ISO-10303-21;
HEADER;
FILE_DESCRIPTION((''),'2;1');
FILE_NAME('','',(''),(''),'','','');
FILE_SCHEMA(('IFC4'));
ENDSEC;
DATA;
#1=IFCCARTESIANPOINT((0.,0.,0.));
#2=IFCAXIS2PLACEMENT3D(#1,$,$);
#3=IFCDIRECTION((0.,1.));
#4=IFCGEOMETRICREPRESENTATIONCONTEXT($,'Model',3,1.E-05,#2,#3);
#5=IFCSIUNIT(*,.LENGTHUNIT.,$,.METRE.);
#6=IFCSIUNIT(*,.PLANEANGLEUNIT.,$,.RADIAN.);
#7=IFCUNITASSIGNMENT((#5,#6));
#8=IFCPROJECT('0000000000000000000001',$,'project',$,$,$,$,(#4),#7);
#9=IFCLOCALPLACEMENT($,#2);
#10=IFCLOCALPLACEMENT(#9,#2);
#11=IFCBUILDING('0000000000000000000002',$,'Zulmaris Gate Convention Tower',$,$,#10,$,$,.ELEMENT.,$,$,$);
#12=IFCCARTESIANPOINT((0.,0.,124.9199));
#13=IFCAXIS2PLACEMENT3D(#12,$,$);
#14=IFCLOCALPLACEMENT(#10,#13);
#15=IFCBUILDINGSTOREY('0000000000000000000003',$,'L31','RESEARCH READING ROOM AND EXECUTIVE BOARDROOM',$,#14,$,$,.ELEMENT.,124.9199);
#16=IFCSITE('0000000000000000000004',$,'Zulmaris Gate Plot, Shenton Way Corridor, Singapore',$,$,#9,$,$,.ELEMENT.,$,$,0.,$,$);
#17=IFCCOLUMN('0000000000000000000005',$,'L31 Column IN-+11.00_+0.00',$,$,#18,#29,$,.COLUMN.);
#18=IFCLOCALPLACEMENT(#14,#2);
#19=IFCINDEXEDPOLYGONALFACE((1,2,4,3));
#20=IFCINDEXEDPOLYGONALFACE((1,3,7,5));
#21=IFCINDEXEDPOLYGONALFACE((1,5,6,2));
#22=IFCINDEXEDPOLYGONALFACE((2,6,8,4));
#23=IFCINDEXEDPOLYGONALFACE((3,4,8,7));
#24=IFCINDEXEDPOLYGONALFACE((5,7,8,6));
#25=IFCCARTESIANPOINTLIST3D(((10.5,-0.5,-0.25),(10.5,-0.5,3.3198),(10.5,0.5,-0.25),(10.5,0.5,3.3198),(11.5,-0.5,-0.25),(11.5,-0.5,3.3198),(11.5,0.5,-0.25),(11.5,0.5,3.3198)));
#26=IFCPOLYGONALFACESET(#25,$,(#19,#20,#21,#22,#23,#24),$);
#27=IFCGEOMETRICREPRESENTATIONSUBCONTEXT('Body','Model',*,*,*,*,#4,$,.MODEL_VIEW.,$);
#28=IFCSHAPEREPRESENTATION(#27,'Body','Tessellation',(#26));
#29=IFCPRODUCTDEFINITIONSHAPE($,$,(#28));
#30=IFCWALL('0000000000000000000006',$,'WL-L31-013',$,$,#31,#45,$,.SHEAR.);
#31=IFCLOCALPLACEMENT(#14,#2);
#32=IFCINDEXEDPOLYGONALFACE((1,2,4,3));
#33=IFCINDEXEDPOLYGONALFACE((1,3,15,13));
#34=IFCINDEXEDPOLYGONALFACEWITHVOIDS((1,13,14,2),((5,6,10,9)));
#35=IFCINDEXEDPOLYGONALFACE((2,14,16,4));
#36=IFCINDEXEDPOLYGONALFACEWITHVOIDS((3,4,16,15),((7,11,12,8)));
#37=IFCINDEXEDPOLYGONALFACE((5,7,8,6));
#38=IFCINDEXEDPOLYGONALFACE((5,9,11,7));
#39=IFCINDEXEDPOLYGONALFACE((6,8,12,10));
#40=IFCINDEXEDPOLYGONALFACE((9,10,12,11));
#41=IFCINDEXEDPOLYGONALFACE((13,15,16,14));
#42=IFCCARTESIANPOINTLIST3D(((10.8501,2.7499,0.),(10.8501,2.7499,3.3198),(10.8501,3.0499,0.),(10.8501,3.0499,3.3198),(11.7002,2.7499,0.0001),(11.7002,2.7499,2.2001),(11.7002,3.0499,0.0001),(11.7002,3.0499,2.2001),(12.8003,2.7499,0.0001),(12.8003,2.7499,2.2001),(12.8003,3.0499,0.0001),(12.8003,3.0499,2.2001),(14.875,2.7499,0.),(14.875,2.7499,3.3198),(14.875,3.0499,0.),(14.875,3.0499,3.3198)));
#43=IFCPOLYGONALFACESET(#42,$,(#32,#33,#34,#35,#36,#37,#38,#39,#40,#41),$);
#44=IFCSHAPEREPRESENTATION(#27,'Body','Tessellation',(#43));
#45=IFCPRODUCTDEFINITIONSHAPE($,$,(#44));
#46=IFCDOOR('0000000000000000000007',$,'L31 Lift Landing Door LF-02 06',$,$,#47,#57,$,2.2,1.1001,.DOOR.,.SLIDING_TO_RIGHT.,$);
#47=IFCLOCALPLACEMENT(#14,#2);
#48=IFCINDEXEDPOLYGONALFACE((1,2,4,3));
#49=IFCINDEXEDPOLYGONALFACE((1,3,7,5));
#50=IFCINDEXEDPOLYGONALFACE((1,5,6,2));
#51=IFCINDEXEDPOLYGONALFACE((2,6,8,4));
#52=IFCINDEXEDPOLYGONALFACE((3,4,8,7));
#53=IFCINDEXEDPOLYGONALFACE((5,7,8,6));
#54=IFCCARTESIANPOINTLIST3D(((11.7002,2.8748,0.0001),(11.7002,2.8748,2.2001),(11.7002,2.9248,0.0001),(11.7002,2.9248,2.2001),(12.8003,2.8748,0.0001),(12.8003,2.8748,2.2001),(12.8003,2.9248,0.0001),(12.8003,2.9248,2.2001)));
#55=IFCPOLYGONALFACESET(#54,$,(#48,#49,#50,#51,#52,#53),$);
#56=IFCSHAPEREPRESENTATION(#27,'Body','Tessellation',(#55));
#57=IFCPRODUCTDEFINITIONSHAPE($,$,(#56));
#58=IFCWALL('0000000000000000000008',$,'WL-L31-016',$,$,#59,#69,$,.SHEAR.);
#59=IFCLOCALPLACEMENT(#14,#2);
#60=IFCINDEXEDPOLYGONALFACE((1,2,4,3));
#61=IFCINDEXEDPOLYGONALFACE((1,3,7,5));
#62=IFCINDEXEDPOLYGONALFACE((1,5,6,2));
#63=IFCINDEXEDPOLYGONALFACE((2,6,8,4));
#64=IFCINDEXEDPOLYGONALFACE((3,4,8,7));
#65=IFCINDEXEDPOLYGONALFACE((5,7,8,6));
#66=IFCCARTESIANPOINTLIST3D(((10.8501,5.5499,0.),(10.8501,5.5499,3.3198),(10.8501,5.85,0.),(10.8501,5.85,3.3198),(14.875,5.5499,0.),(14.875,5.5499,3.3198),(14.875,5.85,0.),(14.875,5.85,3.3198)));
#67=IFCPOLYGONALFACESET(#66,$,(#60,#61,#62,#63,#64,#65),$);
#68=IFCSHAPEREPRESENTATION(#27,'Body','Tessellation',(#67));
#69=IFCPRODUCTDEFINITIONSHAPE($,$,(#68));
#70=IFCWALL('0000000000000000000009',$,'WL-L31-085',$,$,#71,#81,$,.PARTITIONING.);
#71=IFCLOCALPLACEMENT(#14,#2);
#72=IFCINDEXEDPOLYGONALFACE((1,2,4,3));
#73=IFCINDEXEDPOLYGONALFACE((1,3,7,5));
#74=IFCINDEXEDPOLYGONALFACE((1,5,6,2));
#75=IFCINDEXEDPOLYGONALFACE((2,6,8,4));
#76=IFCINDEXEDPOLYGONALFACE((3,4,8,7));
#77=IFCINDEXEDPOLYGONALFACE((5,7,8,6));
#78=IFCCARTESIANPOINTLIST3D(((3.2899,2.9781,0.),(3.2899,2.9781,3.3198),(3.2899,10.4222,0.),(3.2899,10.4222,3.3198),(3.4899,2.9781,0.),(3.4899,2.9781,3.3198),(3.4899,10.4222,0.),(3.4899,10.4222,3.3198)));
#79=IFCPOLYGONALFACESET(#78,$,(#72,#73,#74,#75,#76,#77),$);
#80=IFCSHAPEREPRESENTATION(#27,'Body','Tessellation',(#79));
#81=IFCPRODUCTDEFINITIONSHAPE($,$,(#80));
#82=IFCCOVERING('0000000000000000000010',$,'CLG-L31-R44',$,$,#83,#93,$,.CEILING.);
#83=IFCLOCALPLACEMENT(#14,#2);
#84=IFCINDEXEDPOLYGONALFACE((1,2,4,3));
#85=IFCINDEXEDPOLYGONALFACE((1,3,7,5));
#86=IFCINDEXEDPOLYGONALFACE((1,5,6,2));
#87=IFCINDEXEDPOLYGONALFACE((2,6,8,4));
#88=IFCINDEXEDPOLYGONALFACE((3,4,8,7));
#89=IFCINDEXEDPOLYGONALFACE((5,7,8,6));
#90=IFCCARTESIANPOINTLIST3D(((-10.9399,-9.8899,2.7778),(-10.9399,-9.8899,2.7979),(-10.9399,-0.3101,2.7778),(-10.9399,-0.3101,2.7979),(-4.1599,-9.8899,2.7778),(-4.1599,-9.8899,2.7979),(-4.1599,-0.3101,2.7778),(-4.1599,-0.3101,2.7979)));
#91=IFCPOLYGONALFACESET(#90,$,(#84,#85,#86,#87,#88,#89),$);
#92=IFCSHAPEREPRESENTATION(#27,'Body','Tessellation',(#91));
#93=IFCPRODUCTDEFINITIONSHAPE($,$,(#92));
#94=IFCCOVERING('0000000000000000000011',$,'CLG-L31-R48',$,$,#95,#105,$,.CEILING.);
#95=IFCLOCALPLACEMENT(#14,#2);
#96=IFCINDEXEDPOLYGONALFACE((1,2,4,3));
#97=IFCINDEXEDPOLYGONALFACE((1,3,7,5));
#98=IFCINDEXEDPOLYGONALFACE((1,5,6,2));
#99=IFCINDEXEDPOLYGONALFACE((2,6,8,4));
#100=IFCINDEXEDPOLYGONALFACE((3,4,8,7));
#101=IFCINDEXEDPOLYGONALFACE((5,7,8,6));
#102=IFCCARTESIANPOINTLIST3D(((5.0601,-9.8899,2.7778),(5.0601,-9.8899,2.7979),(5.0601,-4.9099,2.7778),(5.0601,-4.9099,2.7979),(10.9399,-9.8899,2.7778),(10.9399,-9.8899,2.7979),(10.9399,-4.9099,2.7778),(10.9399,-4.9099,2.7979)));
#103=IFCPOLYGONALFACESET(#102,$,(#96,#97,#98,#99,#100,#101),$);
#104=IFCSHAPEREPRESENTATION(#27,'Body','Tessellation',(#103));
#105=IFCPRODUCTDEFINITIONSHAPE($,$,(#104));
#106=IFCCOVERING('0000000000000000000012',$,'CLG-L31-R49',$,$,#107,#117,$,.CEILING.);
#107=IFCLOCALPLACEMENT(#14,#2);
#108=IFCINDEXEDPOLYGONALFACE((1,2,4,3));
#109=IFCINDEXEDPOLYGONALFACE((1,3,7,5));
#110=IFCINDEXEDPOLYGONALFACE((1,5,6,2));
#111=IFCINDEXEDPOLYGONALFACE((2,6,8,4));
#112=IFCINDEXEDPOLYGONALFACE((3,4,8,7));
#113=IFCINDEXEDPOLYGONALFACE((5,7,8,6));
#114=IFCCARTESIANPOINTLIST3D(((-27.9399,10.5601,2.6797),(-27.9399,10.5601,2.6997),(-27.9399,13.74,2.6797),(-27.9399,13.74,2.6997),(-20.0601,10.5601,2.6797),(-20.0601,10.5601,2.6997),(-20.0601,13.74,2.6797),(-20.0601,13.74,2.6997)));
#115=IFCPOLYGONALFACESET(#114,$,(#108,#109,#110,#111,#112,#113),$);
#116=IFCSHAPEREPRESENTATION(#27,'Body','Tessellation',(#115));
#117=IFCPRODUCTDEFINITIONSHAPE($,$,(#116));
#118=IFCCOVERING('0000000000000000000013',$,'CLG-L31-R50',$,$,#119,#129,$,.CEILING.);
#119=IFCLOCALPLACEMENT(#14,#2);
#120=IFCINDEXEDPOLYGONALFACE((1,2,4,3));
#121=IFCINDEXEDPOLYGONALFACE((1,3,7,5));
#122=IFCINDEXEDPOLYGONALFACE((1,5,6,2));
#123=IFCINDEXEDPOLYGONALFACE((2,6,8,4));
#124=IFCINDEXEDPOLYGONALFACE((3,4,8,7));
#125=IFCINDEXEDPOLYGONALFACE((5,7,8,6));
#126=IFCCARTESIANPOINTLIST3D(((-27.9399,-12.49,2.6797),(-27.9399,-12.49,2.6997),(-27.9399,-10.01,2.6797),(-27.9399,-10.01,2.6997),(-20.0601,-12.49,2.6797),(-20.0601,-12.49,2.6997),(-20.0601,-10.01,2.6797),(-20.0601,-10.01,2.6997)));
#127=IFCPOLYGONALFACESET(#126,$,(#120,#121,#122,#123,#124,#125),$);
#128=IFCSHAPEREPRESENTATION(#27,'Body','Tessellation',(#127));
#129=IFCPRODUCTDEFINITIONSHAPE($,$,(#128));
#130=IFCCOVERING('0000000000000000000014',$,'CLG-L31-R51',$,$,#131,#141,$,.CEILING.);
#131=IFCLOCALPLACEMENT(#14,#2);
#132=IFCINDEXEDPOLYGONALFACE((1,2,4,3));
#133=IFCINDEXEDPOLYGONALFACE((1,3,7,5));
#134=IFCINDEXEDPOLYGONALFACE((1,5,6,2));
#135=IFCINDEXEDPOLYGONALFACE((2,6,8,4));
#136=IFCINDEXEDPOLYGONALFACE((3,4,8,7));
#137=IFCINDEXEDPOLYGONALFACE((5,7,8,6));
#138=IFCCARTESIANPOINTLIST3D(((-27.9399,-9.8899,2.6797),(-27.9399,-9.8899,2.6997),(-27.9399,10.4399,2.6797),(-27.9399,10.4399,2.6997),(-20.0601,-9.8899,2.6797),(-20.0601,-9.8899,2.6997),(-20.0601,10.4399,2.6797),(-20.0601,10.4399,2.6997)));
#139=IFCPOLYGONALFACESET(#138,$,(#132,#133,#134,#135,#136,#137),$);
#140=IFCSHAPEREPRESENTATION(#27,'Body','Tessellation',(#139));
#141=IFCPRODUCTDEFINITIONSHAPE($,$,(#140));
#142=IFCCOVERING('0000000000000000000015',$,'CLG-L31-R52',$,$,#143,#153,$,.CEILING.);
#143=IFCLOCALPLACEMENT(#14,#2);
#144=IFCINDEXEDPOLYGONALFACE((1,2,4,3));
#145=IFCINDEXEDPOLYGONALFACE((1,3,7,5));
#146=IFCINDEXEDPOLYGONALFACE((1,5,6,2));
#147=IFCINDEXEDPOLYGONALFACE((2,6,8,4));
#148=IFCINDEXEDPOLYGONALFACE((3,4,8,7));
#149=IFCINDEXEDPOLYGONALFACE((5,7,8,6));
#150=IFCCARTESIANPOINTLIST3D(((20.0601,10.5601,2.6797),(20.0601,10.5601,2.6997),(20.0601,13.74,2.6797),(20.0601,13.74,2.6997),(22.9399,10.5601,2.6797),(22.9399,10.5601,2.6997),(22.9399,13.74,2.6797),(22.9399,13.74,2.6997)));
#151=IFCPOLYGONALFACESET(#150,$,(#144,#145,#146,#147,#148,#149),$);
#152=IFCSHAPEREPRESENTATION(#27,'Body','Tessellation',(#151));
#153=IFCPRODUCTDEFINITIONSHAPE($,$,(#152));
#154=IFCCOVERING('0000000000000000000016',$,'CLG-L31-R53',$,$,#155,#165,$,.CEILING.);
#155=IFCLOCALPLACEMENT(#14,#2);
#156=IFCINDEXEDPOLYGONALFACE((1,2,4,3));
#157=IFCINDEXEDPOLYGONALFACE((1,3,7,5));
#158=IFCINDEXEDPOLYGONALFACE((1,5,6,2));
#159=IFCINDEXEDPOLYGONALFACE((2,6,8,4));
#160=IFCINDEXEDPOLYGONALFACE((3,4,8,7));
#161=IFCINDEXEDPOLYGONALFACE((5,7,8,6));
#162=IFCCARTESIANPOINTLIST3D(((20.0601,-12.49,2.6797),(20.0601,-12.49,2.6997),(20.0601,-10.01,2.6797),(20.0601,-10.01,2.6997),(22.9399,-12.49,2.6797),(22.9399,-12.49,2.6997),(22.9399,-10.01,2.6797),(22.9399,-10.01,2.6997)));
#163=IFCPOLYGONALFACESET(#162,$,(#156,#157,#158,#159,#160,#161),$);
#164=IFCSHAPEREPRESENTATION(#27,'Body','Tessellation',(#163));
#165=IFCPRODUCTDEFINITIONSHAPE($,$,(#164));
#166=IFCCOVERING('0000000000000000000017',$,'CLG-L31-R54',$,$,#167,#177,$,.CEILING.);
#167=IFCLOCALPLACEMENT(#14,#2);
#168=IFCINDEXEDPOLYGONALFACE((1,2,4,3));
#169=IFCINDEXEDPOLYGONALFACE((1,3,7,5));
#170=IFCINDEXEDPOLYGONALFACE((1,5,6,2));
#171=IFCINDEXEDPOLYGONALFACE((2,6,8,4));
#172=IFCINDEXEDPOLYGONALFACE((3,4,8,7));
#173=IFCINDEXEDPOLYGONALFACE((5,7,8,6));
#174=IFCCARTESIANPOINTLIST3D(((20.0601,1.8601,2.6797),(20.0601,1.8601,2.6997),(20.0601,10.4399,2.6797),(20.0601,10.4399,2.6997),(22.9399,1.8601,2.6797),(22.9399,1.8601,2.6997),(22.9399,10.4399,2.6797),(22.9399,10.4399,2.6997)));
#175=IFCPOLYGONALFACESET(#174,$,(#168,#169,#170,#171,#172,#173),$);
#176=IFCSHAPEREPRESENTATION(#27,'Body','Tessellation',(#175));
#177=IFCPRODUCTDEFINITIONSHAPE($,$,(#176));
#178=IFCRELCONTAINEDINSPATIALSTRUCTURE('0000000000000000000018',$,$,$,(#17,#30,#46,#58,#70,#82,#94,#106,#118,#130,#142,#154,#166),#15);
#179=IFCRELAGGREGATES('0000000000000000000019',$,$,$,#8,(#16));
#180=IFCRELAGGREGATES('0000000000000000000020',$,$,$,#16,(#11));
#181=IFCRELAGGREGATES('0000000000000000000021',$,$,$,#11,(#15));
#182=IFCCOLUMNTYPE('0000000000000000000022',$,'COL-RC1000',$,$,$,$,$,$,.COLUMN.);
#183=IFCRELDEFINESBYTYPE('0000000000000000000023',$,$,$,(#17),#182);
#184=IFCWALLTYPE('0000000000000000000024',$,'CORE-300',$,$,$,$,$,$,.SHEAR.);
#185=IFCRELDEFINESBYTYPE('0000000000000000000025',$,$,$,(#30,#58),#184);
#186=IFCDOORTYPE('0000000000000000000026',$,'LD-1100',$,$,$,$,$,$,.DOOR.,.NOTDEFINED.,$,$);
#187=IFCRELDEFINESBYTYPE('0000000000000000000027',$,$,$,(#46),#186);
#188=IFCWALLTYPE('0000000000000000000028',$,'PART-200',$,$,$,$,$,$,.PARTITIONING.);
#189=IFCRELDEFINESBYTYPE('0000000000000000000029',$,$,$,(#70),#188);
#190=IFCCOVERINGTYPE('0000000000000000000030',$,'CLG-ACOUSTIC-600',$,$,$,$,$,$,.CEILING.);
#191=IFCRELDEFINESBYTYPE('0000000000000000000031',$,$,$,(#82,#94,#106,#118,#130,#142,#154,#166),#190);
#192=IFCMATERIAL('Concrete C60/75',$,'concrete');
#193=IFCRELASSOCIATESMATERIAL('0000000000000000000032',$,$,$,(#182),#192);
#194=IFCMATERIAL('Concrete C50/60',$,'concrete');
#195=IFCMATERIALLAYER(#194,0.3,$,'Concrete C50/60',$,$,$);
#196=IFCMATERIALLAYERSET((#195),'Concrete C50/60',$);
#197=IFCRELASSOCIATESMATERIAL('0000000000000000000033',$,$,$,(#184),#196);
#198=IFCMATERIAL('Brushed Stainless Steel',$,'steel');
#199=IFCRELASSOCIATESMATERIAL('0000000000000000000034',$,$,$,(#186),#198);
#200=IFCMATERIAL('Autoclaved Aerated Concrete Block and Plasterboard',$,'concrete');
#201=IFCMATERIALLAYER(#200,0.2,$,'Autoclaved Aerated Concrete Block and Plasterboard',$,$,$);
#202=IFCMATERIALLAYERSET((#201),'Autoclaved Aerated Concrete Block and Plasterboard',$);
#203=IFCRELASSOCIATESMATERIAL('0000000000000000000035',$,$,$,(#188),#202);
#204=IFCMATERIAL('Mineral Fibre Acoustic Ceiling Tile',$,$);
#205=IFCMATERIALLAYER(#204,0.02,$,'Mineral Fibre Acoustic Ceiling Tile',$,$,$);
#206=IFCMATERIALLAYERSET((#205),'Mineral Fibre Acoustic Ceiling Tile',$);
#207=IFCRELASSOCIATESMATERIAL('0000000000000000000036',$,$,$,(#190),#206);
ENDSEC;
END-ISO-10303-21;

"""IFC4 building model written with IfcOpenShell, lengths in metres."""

from ifc_helpers import new_model, si_unit, direction, frame, frame_2d, origin, origin_2d, place, context, subcontext, project, spatial, polyline, rectangle, outline, extrude, material, layer, layer_set, material_profile, profile_set, type_object, element, fill, save


model = new_model("IFC4")

# Units and contexts
model_context = context("Model", 3, precision=1e-05, world=origin(), true_north=direction((0.0, 1.0)))
body_context = subcontext(model_context, "Body", "Model", "MODEL_VIEW")
ifc_project = project(units=[si_unit("LENGTHUNIT", "METRE"), si_unit("PLANEANGLEUNIT", "RADIAN")], contexts=[model_context])

# Site, building, storey
site_placement = place(None, origin())
site = spatial("IfcSite", under=ifc_project, at=site_placement, Name="Zulmaris Gate Plot, Shenton Way Corridor, Singapore", CompositionType="ELEMENT", RefElevation=0.0)
building_placement = place(site_placement, origin())
building = spatial("IfcBuilding", under=site, at=building_placement, Name="Zulmaris Gate Convention Tower", CompositionType="ELEMENT")
storey_placement = place(building_placement, frame((0.0, 0.0, 124.9199)))
storey = spatial("IfcBuildingStorey", under=building, at=storey_placement, Name="L31", Description="RESEARCH READING ROOM AND EXECUTIVE BOARDROOM", CompositionType="ELEMENT", Elevation=124.9199)

# Column
ifc_material_1 = material(Name="Concrete C60/75", Category="concrete")
ifc_material_profile = material_profile(ifc_material_1, rectangle(XDim=1.0, YDim=1.0, at=origin_2d()), Name="RC COL 1000x1000")
ifc_profile_set = profile_set([ifc_material_profile], Name="Concrete C60/75")
column_type = type_object("IfcColumnType", Name="COL-RC1000", PredefinedType="COLUMN", material=ifc_profile_set)
column_placement = place(storey_placement, frame((11.0, 0.0, -0.25), z_axis=(0.0, 0.0, 1.0), x_axis=(1.0, 0.0, 0.0)))
element("IfcColumn", 1, at=column_placement, inside=storey, type_object=column_type, Name="L31 Column IN-+11.00_+0.00", PredefinedType="COLUMN", context=body_context, shape_type="SweptSolid", body=[
    extrude(rectangle(XDim=1.0, YDim=1.0, at=origin_2d()), origin(), (0.0, 0.0, 1.0), 3.5698),
])

# Wall, opening, door
ifc_material_2 = material(Name="Concrete C50/60", Category="concrete")
ifc_layer_1 = layer(ifc_material_2, 0.3, Name="Concrete C50/60")
ifc_layer_set_1 = layer_set([ifc_layer_1], Name="Concrete C50/60")
wall_type_1 = type_object("IfcWallType", Name="CORE-300", PredefinedType="SHEAR", material=ifc_layer_set_1)
wall_1_placement = place(storey_placement, frame((10.8501, 2.8999, 0.0), z_axis=(0.0, 0.0, 1.0), x_axis=(1.0, 0.0, 0.0)))
wall_1 = element("IfcWall", 2, at=wall_1_placement, inside=storey, type_object=wall_type_1, Name="WL-L31-013", PredefinedType="SHEAR", context=body_context, shape_type="SweptSolid", body=[
    extrude(rectangle(XDim=4.0249, YDim=0.3, at=frame_2d((2.0125, 0.0))), origin(), (0.0, 0.0, 1.0), 3.3198),
])
opening_placement = place(wall_1_placement, frame((0.8501, 0.0, 0.0)))
opening = element("IfcOpeningElement", 3, at=opening_placement, cuts=wall_1, PredefinedType="OPENING", context=body_context, shape_type="SweptSolid", body=[
    extrude(rectangle(XDim=1.1001, YDim=2.2, at=frame_2d((0.55, 1.1001))), frame((0.0, 0.1602, 0.0), z_axis=(0.0, -1.0, 0.0), x_axis=(1.0, 0.0, 0.0)), (0.0, 0.0, 1.0), 0.3201),
])
ifc_material_3 = material(Name="Brushed Stainless Steel", Category="steel")
door_type = type_object("IfcDoorType", Name="LD-1100", OperationType="NOTDEFINED", PredefinedType="DOOR", material=ifc_material_3)
door_placement = place(opening_placement, origin())
door = element("IfcDoor", 4, at=door_placement, inside=storey, type_object=door_type, Name="L31 Lift Landing Door LF-02 06", OperationType="SLIDING_TO_RIGHT", OverallHeight=2.2, OverallWidth=1.1001, PredefinedType="DOOR", context=body_context, shape_type="SweptSolid", body=[
    extrude(rectangle(XDim=1.1001, YDim=2.2, at=frame_2d((0.55, 1.1001))), frame((0.0, 0.0249, 0.0), z_axis=(0.0, -1.0, 0.0), x_axis=(1.0, 0.0, 0.0)), (0.0, 0.0, 1.0), 0.05),
])
fill(opening, door)

# Walls
wall_2_placement = place(storey_placement, frame((10.8501, 5.7, 0.0), z_axis=(0.0, 0.0, 1.0), x_axis=(1.0, 0.0, 0.0)))
element("IfcWall", 5, at=wall_2_placement, inside=storey, type_object=wall_type_1, Name="WL-L31-016", PredefinedType="SHEAR", context=body_context, shape_type="SweptSolid", body=[
    extrude(rectangle(XDim=4.0249, YDim=0.3, at=frame_2d((2.0125, 0.0))), origin(), (0.0, 0.0, 1.0), 3.3198),
])
ifc_material_4 = material(Name="Autoclaved Aerated Concrete Block and Plasterboard", Category="concrete")
ifc_layer_2 = layer(ifc_material_4, 0.2, Name="Autoclaved Aerated Concrete Block and Plasterboard")
ifc_layer_set_2 = layer_set([ifc_layer_2], Name="Autoclaved Aerated Concrete Block and Plasterboard")
wall_type_2 = type_object("IfcWallType", Name="PART-200", PredefinedType="PARTITIONING", material=ifc_layer_set_2)
wall_3_placement = place(storey_placement, frame((3.3899, 2.978, 0.0), z_axis=(0.0, 0.0, 1.0), x_axis=(0.0, 1.0, 0.0)))
element("IfcWall", 6, at=wall_3_placement, inside=storey, type_object=wall_type_2, Name="WL-L31-085", PredefinedType="PARTITIONING", context=body_context, shape_type="SweptSolid", body=[
    extrude(rectangle(XDim=7.4441, YDim=0.2, at=frame_2d((3.7222, 0.0))), origin(), (0.0, 0.0, 1.0), 3.3198),
])

# Coverings
ifc_material_5 = material(Name="Mineral Fibre Acoustic Ceiling Tile")
ifc_layer_3 = layer(ifc_material_5, 0.02, Name="Mineral Fibre Acoustic Ceiling Tile")
ifc_layer_set_3 = layer_set([ifc_layer_3], Name="Mineral Fibre Acoustic Ceiling Tile")
covering_type_1 = type_object("IfcCoveringType", Name="CLG-ACOUSTIC-600", PredefinedType="CEILING", material=ifc_layer_set_3)
covering_1_placement = place(storey_placement, frame((0.0, 0.0, 2.7778)))
element("IfcCovering", 7, at=covering_1_placement, inside=storey, type_object=covering_type_1, Name="CLG-L31-R44", PredefinedType="CEILING", context=body_context, shape_type="SweptSolid", body=[
    extrude(outline(polyline([(-10.9399, -9.8899), (-4.1599, -9.8899), (-4.1599, -0.3101), (-10.9399, -0.3101), (-10.9399, -9.8899)])), origin(), (0.0, 0.0, 1.0), 0.02),
])
covering_2_placement = place(storey_placement, frame((0.0, 0.0, 2.7778)))
element("IfcCovering", 8, at=covering_2_placement, inside=storey, type_object=covering_type_1, Name="CLG-L31-R48", PredefinedType="CEILING", context=body_context, shape_type="SweptSolid", body=[
    extrude(outline(polyline([(5.0601, -9.8899), (10.9399, -9.8899), (10.9399, -4.9099), (5.0601, -4.9099), (5.0601, -9.8899)])), origin(), (0.0, 0.0, 1.0), 0.02),
])
covering_3_placement = place(storey_placement, frame((0.0, 0.0, 2.6797)))
element("IfcCovering", 9, at=covering_3_placement, inside=storey, type_object=covering_type_1, Name="CLG-L31-R49", PredefinedType="CEILING", context=body_context, shape_type="SweptSolid", body=[
    extrude(outline(polyline([(-27.9399, 10.5601), (-20.0601, 10.5601), (-20.0601, 13.74), (-27.9399, 13.74), (-27.9399, 10.5601)])), origin(), (0.0, 0.0, 1.0), 0.02),
])
covering_4_placement = place(storey_placement, frame((0.0, 0.0, 2.6797)))
element("IfcCovering", 10, at=covering_4_placement, inside=storey, type_object=covering_type_1, Name="CLG-L31-R50", PredefinedType="CEILING", context=body_context, shape_type="SweptSolid", body=[
    extrude(outline(polyline([(-27.9399, -12.49), (-20.0601, -12.49), (-20.0601, -10.01), (-27.9399, -10.01), (-27.9399, -12.49)])), origin(), (0.0, 0.0, 1.0), 0.02),
])
covering_5_placement = place(storey_placement, frame((0.0, 0.0, 2.6797)))
element("IfcCovering", 11, at=covering_5_placement, inside=storey, type_object=covering_type_1, Name="CLG-L31-R51", PredefinedType="CEILING", context=body_context, shape_type="SweptSolid", body=[
    extrude(outline(polyline([(-27.9399, -9.8899), (-20.0601, -9.8899), (-20.0601, 10.4399), (-27.9399, 10.4399), (-27.9399, -9.8899)])), origin(), (0.0, 0.0, 1.0), 0.02),
])
covering_6_placement = place(storey_placement, frame((0.0, 0.0, 2.6797)))
element("IfcCovering", 12, at=covering_6_placement, inside=storey, type_object=covering_type_1, Name="CLG-L31-R52", PredefinedType="CEILING", context=body_context, shape_type="SweptSolid", body=[
    extrude(outline(polyline([(20.0601, 10.5601), (22.9399, 10.5601), (22.9399, 13.74), (20.0601, 13.74), (20.0601, 10.5601)])), origin(), (0.0, 0.0, 1.0), 0.02),
])
covering_7_placement = place(storey_placement, frame((0.0, 0.0, 2.6797)))
element("IfcCovering", 13, at=covering_7_placement, inside=storey, type_object=covering_type_1, Name="CLG-L31-R53", PredefinedType="CEILING", context=body_context, shape_type="SweptSolid", body=[
    extrude(outline(polyline([(20.0601, -12.49), (22.9399, -12.49), (22.9399, -10.01), (20.0601, -10.01), (20.0601, -12.49)])), origin(), (0.0, 0.0, 1.0), 0.02),
])
covering_8_placement = place(storey_placement, frame((0.0, 0.0, 2.6797)))
element("IfcCovering", 14, at=covering_8_placement, inside=storey, type_object=covering_type_1, Name="CLG-L31-R54", PredefinedType="CEILING", context=body_context, shape_type="SweptSolid", body=[
    extrude(outline(polyline([(20.0601, 1.8601), (22.9399, 1.8601), (22.9399, 10.4399), (20.0601, 10.4399), (20.0601, 1.8601)])), origin(), (0.0, 0.0, 1.0), 0.02),
])

save(model, "model.ifc")
